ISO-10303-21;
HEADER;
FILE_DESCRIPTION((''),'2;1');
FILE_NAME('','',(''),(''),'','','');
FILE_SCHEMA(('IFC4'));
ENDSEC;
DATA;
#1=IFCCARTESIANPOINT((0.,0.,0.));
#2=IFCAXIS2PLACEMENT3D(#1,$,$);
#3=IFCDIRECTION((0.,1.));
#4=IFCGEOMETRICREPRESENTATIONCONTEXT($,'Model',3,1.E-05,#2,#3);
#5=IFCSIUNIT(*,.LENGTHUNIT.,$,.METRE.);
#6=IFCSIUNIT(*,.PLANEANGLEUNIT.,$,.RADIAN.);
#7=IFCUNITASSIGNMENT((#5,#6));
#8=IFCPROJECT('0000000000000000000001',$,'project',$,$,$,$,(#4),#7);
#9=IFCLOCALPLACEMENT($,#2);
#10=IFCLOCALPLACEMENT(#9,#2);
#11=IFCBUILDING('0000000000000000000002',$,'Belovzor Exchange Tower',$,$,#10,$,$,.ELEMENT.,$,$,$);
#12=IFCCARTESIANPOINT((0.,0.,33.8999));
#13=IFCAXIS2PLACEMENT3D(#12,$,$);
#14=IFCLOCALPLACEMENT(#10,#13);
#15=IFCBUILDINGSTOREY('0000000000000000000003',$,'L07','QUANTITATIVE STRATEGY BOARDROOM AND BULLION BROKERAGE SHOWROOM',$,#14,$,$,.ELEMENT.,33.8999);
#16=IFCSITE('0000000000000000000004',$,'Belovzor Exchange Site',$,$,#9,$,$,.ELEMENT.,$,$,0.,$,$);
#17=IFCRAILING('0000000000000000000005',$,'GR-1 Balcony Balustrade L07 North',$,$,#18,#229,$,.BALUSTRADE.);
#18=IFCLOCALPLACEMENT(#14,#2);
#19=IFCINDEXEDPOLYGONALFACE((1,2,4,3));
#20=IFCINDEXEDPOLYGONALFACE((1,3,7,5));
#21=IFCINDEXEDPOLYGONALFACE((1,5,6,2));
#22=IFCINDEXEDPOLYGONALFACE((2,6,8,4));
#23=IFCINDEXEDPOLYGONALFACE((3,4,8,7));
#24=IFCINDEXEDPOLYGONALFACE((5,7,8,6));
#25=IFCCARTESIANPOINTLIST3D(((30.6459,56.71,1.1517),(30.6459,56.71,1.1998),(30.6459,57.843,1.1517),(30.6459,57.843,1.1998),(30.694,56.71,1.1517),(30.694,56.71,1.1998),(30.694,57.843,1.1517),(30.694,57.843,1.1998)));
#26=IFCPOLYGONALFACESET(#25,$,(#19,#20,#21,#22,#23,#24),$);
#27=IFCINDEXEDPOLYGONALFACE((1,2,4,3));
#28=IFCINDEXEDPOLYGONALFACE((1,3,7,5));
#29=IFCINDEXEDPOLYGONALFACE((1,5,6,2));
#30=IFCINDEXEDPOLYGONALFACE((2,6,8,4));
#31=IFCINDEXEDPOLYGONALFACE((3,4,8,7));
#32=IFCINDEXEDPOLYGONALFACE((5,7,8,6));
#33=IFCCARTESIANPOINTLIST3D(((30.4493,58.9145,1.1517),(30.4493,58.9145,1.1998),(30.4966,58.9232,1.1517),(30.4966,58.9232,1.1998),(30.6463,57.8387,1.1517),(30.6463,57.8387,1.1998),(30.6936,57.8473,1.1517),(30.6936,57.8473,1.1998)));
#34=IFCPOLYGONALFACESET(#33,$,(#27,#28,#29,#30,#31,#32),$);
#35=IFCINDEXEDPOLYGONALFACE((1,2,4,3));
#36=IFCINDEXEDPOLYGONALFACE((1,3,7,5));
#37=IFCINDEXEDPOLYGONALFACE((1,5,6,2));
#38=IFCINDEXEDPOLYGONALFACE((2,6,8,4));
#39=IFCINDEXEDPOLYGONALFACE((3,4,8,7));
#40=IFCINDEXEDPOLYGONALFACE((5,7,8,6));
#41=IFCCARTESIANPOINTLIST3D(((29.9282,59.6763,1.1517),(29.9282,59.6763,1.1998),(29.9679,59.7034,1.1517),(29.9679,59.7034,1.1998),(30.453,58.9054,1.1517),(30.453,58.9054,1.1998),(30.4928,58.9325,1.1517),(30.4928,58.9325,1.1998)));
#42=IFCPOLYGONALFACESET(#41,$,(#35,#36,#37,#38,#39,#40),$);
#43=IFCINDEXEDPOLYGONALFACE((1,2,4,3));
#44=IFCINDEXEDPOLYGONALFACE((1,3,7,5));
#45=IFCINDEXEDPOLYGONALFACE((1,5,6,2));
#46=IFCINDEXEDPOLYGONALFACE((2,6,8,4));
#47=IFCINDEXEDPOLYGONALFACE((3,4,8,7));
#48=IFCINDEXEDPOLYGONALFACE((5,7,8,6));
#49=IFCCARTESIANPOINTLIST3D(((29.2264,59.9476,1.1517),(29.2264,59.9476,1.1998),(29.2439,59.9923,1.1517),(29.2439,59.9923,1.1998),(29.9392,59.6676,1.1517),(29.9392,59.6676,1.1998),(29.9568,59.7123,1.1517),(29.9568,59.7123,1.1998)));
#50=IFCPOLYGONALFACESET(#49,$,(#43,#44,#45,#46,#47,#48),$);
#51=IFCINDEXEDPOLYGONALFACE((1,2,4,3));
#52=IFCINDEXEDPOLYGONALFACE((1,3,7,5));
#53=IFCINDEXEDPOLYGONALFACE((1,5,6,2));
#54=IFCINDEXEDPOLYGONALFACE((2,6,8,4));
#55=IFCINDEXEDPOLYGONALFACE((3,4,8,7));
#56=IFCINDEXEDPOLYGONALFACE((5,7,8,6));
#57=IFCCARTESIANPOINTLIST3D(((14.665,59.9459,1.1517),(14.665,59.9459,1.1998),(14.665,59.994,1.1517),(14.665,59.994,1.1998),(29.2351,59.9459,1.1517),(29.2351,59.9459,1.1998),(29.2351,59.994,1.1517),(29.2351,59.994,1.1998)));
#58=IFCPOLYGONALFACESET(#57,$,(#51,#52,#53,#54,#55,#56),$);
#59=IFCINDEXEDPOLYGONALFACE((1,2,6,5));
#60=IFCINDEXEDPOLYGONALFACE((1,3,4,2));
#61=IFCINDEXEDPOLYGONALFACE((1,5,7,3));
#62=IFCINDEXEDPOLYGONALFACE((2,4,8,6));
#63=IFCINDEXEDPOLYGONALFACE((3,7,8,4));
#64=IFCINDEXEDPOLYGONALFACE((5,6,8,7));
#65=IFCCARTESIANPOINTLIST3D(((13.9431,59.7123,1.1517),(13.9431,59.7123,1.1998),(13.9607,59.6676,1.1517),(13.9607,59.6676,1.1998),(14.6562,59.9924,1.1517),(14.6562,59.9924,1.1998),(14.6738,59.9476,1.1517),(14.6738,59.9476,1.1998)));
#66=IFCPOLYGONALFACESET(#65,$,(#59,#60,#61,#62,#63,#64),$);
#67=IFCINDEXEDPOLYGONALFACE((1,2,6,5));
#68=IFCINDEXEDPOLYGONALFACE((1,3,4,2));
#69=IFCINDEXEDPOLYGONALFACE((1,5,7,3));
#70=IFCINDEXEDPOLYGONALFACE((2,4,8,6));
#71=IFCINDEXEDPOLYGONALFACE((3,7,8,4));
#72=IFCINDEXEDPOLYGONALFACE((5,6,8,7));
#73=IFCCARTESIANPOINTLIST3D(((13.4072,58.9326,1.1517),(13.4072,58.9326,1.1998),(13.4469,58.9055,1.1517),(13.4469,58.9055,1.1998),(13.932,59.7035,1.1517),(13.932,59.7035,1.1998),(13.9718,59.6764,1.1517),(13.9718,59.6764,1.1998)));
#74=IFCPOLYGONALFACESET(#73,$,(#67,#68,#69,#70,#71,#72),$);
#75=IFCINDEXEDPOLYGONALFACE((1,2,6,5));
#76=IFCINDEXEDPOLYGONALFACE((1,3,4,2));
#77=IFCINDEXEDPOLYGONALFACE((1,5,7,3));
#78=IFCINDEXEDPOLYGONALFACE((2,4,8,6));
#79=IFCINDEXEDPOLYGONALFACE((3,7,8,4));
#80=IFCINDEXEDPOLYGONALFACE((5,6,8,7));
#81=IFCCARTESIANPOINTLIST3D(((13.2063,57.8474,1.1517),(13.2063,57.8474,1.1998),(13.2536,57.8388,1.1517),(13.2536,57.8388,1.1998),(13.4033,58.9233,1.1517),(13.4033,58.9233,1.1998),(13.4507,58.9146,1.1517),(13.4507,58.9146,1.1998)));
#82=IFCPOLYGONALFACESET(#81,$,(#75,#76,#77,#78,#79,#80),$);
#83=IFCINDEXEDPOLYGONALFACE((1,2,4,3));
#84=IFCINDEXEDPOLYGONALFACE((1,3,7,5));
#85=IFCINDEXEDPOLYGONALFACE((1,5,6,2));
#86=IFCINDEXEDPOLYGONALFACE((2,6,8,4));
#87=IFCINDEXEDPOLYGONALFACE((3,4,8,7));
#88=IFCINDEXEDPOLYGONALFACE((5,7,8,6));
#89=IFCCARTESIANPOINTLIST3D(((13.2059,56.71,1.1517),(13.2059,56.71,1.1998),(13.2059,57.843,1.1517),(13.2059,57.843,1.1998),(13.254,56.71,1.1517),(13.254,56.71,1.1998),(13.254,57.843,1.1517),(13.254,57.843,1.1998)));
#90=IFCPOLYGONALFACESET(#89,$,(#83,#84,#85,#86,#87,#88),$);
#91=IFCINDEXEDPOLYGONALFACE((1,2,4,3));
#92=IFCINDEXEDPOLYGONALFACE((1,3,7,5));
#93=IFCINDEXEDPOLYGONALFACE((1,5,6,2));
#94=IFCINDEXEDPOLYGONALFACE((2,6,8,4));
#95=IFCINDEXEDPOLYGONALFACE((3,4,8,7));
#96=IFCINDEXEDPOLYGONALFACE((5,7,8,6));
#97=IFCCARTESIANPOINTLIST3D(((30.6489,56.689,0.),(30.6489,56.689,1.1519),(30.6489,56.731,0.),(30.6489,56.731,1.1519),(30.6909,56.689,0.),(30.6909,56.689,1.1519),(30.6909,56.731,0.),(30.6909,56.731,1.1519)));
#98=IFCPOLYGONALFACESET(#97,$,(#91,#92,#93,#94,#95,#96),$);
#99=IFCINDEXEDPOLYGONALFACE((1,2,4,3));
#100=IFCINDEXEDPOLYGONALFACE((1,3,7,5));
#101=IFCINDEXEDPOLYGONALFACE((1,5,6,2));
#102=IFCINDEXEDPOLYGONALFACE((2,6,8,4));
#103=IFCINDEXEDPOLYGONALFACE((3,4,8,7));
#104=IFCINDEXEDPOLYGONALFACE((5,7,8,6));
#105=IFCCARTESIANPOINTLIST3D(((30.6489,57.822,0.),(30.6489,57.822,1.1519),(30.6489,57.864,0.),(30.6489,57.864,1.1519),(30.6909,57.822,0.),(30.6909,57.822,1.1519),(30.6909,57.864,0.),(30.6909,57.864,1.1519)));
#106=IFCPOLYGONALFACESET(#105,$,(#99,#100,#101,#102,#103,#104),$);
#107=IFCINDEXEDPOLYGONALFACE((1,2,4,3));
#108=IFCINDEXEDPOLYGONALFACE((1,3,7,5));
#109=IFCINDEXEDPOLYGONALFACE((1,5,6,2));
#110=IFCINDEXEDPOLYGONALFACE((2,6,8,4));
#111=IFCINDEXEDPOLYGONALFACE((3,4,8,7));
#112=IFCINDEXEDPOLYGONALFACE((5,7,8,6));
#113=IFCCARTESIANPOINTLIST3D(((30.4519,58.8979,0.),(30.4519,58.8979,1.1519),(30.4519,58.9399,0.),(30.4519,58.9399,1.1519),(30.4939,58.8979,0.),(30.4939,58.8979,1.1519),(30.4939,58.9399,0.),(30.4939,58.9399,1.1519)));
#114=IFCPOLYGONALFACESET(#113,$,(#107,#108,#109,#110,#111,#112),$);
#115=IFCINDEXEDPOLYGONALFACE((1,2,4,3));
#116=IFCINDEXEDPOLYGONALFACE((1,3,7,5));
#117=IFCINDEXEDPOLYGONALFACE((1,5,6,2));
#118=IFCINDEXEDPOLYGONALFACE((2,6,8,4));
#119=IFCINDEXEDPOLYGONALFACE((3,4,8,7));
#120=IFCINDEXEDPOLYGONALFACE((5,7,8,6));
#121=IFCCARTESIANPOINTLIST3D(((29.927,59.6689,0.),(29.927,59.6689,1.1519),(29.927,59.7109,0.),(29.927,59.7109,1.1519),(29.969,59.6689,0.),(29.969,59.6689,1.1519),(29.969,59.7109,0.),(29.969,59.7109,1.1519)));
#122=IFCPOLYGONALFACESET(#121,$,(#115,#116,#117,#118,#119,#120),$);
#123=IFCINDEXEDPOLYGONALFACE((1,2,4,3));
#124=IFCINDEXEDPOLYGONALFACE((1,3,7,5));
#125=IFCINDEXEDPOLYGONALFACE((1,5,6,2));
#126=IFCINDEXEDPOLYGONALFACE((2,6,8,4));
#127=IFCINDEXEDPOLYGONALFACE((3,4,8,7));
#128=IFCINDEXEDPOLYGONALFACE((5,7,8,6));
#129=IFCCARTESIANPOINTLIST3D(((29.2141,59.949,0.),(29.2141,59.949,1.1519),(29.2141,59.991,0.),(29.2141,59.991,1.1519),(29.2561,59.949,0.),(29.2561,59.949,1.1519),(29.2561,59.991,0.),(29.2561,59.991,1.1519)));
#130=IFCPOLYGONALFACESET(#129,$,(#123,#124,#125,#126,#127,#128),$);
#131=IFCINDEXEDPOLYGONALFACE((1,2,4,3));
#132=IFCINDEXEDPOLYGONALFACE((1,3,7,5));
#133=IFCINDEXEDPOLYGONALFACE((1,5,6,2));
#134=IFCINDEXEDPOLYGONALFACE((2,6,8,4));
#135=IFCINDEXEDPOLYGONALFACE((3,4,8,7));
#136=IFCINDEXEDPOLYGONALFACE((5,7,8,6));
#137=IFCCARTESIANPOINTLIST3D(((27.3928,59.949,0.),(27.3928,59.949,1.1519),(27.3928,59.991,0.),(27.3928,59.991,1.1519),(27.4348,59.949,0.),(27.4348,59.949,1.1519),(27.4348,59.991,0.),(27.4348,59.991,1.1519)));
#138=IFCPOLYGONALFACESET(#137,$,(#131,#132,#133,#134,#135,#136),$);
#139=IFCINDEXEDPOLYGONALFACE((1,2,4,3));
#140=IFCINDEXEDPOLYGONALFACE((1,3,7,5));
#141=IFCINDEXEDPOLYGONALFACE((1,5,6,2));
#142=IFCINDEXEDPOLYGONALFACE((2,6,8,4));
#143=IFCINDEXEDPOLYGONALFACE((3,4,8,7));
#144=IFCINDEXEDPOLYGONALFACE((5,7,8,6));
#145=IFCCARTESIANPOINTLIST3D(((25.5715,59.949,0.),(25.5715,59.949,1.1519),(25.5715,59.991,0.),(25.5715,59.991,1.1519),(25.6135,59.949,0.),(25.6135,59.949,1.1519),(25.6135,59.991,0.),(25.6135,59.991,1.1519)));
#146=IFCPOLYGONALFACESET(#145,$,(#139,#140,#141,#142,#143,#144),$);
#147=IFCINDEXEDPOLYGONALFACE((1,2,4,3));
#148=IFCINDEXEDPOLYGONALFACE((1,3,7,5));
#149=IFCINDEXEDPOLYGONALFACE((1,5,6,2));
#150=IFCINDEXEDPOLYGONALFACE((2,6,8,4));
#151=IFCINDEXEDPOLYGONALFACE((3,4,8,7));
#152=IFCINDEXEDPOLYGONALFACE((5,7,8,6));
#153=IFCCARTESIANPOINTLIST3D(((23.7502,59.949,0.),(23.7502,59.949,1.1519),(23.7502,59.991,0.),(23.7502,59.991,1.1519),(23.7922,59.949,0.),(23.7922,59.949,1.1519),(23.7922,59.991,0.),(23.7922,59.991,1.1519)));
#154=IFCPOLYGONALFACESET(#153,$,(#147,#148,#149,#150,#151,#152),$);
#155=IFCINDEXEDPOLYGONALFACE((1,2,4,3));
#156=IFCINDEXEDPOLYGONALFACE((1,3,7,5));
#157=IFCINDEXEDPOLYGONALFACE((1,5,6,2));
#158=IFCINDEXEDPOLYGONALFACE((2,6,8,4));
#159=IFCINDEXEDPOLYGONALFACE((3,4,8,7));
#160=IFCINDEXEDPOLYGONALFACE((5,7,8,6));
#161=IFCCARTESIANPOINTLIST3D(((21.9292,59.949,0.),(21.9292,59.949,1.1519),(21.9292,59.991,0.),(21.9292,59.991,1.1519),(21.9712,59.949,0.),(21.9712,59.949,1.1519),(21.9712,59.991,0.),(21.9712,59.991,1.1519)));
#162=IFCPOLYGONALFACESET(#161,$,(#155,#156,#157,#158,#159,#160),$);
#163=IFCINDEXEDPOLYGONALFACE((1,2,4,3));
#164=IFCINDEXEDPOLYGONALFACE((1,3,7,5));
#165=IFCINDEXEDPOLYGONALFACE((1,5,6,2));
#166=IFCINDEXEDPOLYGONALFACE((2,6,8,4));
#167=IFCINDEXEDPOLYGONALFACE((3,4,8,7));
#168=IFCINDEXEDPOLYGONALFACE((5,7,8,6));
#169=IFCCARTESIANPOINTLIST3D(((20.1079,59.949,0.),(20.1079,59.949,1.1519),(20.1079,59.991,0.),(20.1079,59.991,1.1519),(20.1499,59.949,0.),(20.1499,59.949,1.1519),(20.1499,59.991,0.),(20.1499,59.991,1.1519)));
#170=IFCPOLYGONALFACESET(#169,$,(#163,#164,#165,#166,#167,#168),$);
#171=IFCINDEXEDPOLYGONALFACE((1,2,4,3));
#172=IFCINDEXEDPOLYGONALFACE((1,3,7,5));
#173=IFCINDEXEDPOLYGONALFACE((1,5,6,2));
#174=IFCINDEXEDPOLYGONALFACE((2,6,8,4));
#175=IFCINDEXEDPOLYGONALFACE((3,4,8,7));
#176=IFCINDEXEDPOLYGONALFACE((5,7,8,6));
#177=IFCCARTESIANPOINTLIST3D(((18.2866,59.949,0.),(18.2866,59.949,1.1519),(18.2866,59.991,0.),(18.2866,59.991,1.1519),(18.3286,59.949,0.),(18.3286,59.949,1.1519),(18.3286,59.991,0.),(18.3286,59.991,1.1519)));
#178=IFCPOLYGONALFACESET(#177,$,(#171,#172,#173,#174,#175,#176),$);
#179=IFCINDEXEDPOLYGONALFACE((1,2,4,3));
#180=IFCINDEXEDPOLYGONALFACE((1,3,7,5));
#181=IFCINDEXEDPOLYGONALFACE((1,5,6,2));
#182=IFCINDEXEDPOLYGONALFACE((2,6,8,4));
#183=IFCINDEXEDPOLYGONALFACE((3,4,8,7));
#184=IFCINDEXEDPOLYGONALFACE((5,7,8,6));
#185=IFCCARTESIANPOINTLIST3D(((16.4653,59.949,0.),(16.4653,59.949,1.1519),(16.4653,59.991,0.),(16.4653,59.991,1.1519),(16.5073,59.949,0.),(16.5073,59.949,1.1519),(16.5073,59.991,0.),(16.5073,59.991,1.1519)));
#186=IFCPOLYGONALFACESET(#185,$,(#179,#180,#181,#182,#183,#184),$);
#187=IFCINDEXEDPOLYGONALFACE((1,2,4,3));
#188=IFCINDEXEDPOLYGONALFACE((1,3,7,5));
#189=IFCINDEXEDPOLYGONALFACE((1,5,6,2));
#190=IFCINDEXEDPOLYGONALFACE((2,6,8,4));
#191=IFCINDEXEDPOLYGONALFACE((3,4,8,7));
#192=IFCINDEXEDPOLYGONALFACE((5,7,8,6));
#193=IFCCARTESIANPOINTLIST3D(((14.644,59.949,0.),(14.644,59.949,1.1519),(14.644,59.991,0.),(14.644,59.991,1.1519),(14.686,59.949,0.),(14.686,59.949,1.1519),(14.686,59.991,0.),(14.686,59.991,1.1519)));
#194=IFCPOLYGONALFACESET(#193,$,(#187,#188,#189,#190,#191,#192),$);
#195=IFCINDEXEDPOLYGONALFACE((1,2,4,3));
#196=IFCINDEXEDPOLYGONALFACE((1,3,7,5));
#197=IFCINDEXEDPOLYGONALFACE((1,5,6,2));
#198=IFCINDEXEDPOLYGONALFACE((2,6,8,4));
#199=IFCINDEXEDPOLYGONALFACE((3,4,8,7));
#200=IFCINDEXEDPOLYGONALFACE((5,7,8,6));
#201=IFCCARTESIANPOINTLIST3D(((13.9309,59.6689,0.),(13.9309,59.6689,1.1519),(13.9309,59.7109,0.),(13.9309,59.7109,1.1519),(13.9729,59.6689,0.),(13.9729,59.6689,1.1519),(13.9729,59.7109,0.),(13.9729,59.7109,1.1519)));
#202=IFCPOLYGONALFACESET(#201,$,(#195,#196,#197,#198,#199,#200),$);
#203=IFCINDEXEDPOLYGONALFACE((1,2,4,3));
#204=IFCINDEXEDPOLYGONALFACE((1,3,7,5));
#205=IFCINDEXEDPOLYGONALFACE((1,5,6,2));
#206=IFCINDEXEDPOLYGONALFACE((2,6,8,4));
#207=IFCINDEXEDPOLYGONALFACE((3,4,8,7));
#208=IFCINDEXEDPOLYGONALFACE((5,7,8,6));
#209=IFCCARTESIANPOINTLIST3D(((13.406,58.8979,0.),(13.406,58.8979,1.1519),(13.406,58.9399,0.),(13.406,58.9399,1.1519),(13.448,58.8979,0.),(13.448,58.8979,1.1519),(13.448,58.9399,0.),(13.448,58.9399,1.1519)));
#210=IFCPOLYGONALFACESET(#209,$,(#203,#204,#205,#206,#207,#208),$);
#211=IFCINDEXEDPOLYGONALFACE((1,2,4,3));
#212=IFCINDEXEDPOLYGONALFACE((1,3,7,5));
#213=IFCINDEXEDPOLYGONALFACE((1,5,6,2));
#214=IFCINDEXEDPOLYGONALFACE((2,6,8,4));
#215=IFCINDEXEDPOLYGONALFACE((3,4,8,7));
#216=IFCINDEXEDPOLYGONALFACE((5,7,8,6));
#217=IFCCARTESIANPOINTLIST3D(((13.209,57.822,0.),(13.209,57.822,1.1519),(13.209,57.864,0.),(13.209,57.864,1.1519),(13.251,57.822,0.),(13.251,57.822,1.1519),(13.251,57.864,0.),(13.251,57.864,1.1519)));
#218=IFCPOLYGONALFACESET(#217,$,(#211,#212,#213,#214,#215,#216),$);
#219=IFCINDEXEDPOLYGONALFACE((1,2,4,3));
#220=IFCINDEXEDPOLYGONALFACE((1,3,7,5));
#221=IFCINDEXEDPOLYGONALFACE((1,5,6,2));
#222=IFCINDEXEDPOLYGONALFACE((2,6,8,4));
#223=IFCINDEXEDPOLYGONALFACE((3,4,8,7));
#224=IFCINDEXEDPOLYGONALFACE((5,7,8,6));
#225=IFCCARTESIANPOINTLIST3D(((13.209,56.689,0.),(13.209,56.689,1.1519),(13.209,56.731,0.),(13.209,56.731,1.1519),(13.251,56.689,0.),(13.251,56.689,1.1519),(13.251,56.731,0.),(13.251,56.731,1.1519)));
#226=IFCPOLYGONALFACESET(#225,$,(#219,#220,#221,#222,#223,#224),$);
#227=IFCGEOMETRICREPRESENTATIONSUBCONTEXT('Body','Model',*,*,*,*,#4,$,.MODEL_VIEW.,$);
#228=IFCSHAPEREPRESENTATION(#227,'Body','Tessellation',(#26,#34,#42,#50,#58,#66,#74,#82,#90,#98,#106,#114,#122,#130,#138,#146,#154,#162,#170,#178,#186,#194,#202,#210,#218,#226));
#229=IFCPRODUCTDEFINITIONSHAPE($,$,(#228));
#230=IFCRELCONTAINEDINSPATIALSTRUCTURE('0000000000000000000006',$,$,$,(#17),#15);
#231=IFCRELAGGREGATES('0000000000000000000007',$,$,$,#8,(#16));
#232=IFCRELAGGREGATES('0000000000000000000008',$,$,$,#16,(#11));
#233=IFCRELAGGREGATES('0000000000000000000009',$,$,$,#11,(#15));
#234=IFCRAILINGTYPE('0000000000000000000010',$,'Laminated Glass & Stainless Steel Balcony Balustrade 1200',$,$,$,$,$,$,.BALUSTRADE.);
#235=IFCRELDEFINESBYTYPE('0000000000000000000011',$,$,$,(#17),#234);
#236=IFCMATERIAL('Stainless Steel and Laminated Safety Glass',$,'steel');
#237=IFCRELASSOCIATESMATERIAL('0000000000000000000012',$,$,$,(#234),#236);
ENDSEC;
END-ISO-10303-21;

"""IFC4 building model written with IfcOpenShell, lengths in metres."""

from ifc_helpers import new_model, si_unit, direction, frame, origin, origin_2d, place, context, subcontext, project, spatial, rectangle, extrude, material, type_object, element, save


model = new_model("IFC4")

# Units and contexts
model_context = context("Model", 3, precision=1e-05, world=origin(), true_north=direction((0.0, 1.0)))
body_context = subcontext(model_context, "Body", "Model", "MODEL_VIEW")
ifc_project = project(units=[si_unit("LENGTHUNIT", "METRE"), si_unit("PLANEANGLEUNIT", "RADIAN")], contexts=[model_context])

# Site, building, storey
site_placement = place(None, origin())
site = spatial("IfcSite", under=ifc_project, at=site_placement, Name="Belovzor Exchange Site", CompositionType="ELEMENT", RefElevation=0.0)
building_placement = place(site_placement, origin())
building = spatial("IfcBuilding", under=site, at=building_placement, Name="Belovzor Exchange Tower", CompositionType="ELEMENT")
storey_placement = place(building_placement, frame((0.0, 0.0, 33.8999)))
storey = spatial("IfcBuildingStorey", under=building, at=storey_placement, Name="L07", Description="QUANTITATIVE STRATEGY BOARDROOM AND BULLION BROKERAGE SHOWROOM", CompositionType="ELEMENT", Elevation=33.8999)

# Railing
ifc_material_1 = material(Name="Stainless Steel and Laminated Safety Glass", Category="steel")
railing_type = type_object("IfcRailingType", Name="Laminated Glass & Stainless Steel Balcony Balustrade 1200", PredefinedType="BALUSTRADE", material=ifc_material_1)
railing_placement = place(storey_placement, frame((30.6699, 56.71, 0.0)))
element("IfcRailing", 1, at=railing_placement, inside=storey, type_object=railing_type, Name="GR-1 Balcony Balustrade L07 North", PredefinedType="BALUSTRADE", context=body_context, shape_type="SweptSolid", body=[
    extrude(rectangle(XDim=0.0481, YDim=0.0481, at=origin_2d()), frame((0.0, 0.0, 1.1758), z_axis=(0.0, 1.0, 0.0), x_axis=(-1.0, 0.0, 0.0)), (0.0, 0.0, 1.0), 1.1331),
    extrude(rectangle(XDim=0.0481, YDim=0.0481, at=origin_2d()), frame((0.0, 1.1331, 1.1758), z_axis=(-0.180123, 0.983644, 0.0), x_axis=(-0.983644, -0.180123, 0.0)), (0.0, 0.0, 1.0), 1.0938),
    extrude(rectangle(XDim=0.0481, YDim=0.0481, at=origin_2d()), frame((-0.197, 2.209, 1.1758), z_axis=(-0.562768, 0.826615, 0.0), x_axis=(-0.826615, -0.562768, 0.0)), (0.0, 0.0, 1.0), 0.9326),
    extrude(rectangle(XDim=0.0481, YDim=0.0481, at=origin_2d()), frame((-0.7219, 2.98, 1.1758), z_axis=(-0.930767, 0.365613, 0.0), x_axis=(-0.365613, -0.930767, 0.0)), (0.0, 0.0, 1.0), 0.7659),
    extrude(rectangle(XDim=0.0481, YDim=0.0481, at=origin_2d()), frame((-1.4348, 3.26, 1.1758), z_axis=(-1.0, 0.0, 0.0), x_axis=(0.0, -1.0, 0.0)), (0.0, 0.0, 1.0), 14.5701),
    extrude(rectangle(XDim=0.0481, YDim=0.0481, at=origin_2d()), frame((-16.0049, 3.26, 1.1758), z_axis=(-0.93081, -0.365504, 0.0), x_axis=(0.365504, -0.93081, 0.0)), (0.0, 0.0, 1.0), 0.7661),
    extrude(rectangle(XDim=0.0481, YDim=0.0481, at=origin_2d()), frame((-16.718, 2.98, 1.1758), z_axis=(-0.562768, -0.826615, 0.0), x_axis=(0.826615, -0.562768, 0.0)), (0.0, 0.0, 1.0), 0.9326),
    extrude(rectangle(XDim=0.0481, YDim=0.0481, at=origin_2d()), frame((-17.2429, 2.209, 1.1758), z_axis=(-0.180123, -0.983644, 0.0), x_axis=(0.983644, -0.180123, 0.0)), (0.0, 0.0, 1.0), 1.0938),
    extrude(rectangle(XDim=0.0481, YDim=0.0481, at=origin_2d()), frame((-17.4399, 1.1331, 1.1758), z_axis=(0.0, -1.0, 0.0), x_axis=(1.0, 0.0, 0.0)), (0.0, 0.0, 1.0), 1.1331),
    extrude(rectangle(XDim=0.042, YDim=0.042, at=origin_2d()), origin(), (0.0, 0.0, 1.0), 1.1519),
    extrude(rectangle(XDim=0.042, YDim=0.042, at=origin_2d()), frame((0.0, 1.1331, 0.0)), (0.0, 0.0, 1.0), 1.1519),
    extrude(rectangle(XDim=0.042, YDim=0.042, at=origin_2d()), frame((-0.197, 2.209, 0.0)), (0.0, 0.0, 1.0), 1.1519),
    extrude(rectangle(XDim=0.042, YDim=0.042, at=origin_2d()), frame((-0.7219, 2.98, 0.0)), (0.0, 0.0, 1.0), 1.1519),
    extrude(rectangle(XDim=0.042, YDim=0.042, at=origin_2d()), frame((-1.4348, 3.26, 0.0)), (0.0, 0.0, 1.0), 1.1519),
    extrude(rectangle(XDim=0.042, YDim=0.042, at=origin_2d()), frame((-3.2561, 3.26, 0.0)), (0.0, 0.0, 1.0), 1.1519),
    extrude(rectangle(XDim=0.042, YDim=0.042, at=origin_2d()), frame((-5.0774, 3.26, 0.0)), (0.0, 0.0, 1.0), 1.1519),
    extrude(rectangle(XDim=0.042, YDim=0.042, at=origin_2d()), frame((-6.8987, 3.26, 0.0)), (0.0, 0.0, 1.0), 1.1519),
    extrude(rectangle(XDim=0.042, YDim=0.042, at=origin_2d()), frame((-8.7197, 3.26, 0.0)), (0.0, 0.0, 1.0), 1.1519),
    extrude(rectangle(XDim=0.042, YDim=0.042, at=origin_2d()), frame((-10.541, 3.26, 0.0)), (0.0, 0.0, 1.0), 1.1519),
    extrude(rectangle(XDim=0.042, YDim=0.042, at=origin_2d()), frame((-12.3623, 3.26, 0.0)), (0.0, 0.0, 1.0), 1.1519),
    extrude(rectangle(XDim=0.042, YDim=0.042, at=origin_2d()), frame((-14.1836, 3.26, 0.0)), (0.0, 0.0, 1.0), 1.1519),
    extrude(rectangle(XDim=0.042, YDim=0.042, at=origin_2d()), frame((-16.0049, 3.26, 0.0)), (0.0, 0.0, 1.0), 1.1519),
    extrude(rectangle(XDim=0.042, YDim=0.042, at=origin_2d()), frame((-16.718, 2.98, 0.0)), (0.0, 0.0, 1.0), 1.1519),
    extrude(rectangle(XDim=0.042, YDim=0.042, at=origin_2d()), frame((-17.2429, 2.209, 0.0)), (0.0, 0.0, 1.0), 1.1519),
    extrude(rectangle(XDim=0.042, YDim=0.042, at=origin_2d()), frame((-17.4399, 1.1331, 0.0)), (0.0, 0.0, 1.0), 1.1519),
    extrude(rectangle(XDim=0.042, YDim=0.042, at=origin_2d()), frame((-17.4399, 0.0, 0.0)), (0.0, 0.0, 1.0), 1.1519),
])

save(model, "model.ifc")
